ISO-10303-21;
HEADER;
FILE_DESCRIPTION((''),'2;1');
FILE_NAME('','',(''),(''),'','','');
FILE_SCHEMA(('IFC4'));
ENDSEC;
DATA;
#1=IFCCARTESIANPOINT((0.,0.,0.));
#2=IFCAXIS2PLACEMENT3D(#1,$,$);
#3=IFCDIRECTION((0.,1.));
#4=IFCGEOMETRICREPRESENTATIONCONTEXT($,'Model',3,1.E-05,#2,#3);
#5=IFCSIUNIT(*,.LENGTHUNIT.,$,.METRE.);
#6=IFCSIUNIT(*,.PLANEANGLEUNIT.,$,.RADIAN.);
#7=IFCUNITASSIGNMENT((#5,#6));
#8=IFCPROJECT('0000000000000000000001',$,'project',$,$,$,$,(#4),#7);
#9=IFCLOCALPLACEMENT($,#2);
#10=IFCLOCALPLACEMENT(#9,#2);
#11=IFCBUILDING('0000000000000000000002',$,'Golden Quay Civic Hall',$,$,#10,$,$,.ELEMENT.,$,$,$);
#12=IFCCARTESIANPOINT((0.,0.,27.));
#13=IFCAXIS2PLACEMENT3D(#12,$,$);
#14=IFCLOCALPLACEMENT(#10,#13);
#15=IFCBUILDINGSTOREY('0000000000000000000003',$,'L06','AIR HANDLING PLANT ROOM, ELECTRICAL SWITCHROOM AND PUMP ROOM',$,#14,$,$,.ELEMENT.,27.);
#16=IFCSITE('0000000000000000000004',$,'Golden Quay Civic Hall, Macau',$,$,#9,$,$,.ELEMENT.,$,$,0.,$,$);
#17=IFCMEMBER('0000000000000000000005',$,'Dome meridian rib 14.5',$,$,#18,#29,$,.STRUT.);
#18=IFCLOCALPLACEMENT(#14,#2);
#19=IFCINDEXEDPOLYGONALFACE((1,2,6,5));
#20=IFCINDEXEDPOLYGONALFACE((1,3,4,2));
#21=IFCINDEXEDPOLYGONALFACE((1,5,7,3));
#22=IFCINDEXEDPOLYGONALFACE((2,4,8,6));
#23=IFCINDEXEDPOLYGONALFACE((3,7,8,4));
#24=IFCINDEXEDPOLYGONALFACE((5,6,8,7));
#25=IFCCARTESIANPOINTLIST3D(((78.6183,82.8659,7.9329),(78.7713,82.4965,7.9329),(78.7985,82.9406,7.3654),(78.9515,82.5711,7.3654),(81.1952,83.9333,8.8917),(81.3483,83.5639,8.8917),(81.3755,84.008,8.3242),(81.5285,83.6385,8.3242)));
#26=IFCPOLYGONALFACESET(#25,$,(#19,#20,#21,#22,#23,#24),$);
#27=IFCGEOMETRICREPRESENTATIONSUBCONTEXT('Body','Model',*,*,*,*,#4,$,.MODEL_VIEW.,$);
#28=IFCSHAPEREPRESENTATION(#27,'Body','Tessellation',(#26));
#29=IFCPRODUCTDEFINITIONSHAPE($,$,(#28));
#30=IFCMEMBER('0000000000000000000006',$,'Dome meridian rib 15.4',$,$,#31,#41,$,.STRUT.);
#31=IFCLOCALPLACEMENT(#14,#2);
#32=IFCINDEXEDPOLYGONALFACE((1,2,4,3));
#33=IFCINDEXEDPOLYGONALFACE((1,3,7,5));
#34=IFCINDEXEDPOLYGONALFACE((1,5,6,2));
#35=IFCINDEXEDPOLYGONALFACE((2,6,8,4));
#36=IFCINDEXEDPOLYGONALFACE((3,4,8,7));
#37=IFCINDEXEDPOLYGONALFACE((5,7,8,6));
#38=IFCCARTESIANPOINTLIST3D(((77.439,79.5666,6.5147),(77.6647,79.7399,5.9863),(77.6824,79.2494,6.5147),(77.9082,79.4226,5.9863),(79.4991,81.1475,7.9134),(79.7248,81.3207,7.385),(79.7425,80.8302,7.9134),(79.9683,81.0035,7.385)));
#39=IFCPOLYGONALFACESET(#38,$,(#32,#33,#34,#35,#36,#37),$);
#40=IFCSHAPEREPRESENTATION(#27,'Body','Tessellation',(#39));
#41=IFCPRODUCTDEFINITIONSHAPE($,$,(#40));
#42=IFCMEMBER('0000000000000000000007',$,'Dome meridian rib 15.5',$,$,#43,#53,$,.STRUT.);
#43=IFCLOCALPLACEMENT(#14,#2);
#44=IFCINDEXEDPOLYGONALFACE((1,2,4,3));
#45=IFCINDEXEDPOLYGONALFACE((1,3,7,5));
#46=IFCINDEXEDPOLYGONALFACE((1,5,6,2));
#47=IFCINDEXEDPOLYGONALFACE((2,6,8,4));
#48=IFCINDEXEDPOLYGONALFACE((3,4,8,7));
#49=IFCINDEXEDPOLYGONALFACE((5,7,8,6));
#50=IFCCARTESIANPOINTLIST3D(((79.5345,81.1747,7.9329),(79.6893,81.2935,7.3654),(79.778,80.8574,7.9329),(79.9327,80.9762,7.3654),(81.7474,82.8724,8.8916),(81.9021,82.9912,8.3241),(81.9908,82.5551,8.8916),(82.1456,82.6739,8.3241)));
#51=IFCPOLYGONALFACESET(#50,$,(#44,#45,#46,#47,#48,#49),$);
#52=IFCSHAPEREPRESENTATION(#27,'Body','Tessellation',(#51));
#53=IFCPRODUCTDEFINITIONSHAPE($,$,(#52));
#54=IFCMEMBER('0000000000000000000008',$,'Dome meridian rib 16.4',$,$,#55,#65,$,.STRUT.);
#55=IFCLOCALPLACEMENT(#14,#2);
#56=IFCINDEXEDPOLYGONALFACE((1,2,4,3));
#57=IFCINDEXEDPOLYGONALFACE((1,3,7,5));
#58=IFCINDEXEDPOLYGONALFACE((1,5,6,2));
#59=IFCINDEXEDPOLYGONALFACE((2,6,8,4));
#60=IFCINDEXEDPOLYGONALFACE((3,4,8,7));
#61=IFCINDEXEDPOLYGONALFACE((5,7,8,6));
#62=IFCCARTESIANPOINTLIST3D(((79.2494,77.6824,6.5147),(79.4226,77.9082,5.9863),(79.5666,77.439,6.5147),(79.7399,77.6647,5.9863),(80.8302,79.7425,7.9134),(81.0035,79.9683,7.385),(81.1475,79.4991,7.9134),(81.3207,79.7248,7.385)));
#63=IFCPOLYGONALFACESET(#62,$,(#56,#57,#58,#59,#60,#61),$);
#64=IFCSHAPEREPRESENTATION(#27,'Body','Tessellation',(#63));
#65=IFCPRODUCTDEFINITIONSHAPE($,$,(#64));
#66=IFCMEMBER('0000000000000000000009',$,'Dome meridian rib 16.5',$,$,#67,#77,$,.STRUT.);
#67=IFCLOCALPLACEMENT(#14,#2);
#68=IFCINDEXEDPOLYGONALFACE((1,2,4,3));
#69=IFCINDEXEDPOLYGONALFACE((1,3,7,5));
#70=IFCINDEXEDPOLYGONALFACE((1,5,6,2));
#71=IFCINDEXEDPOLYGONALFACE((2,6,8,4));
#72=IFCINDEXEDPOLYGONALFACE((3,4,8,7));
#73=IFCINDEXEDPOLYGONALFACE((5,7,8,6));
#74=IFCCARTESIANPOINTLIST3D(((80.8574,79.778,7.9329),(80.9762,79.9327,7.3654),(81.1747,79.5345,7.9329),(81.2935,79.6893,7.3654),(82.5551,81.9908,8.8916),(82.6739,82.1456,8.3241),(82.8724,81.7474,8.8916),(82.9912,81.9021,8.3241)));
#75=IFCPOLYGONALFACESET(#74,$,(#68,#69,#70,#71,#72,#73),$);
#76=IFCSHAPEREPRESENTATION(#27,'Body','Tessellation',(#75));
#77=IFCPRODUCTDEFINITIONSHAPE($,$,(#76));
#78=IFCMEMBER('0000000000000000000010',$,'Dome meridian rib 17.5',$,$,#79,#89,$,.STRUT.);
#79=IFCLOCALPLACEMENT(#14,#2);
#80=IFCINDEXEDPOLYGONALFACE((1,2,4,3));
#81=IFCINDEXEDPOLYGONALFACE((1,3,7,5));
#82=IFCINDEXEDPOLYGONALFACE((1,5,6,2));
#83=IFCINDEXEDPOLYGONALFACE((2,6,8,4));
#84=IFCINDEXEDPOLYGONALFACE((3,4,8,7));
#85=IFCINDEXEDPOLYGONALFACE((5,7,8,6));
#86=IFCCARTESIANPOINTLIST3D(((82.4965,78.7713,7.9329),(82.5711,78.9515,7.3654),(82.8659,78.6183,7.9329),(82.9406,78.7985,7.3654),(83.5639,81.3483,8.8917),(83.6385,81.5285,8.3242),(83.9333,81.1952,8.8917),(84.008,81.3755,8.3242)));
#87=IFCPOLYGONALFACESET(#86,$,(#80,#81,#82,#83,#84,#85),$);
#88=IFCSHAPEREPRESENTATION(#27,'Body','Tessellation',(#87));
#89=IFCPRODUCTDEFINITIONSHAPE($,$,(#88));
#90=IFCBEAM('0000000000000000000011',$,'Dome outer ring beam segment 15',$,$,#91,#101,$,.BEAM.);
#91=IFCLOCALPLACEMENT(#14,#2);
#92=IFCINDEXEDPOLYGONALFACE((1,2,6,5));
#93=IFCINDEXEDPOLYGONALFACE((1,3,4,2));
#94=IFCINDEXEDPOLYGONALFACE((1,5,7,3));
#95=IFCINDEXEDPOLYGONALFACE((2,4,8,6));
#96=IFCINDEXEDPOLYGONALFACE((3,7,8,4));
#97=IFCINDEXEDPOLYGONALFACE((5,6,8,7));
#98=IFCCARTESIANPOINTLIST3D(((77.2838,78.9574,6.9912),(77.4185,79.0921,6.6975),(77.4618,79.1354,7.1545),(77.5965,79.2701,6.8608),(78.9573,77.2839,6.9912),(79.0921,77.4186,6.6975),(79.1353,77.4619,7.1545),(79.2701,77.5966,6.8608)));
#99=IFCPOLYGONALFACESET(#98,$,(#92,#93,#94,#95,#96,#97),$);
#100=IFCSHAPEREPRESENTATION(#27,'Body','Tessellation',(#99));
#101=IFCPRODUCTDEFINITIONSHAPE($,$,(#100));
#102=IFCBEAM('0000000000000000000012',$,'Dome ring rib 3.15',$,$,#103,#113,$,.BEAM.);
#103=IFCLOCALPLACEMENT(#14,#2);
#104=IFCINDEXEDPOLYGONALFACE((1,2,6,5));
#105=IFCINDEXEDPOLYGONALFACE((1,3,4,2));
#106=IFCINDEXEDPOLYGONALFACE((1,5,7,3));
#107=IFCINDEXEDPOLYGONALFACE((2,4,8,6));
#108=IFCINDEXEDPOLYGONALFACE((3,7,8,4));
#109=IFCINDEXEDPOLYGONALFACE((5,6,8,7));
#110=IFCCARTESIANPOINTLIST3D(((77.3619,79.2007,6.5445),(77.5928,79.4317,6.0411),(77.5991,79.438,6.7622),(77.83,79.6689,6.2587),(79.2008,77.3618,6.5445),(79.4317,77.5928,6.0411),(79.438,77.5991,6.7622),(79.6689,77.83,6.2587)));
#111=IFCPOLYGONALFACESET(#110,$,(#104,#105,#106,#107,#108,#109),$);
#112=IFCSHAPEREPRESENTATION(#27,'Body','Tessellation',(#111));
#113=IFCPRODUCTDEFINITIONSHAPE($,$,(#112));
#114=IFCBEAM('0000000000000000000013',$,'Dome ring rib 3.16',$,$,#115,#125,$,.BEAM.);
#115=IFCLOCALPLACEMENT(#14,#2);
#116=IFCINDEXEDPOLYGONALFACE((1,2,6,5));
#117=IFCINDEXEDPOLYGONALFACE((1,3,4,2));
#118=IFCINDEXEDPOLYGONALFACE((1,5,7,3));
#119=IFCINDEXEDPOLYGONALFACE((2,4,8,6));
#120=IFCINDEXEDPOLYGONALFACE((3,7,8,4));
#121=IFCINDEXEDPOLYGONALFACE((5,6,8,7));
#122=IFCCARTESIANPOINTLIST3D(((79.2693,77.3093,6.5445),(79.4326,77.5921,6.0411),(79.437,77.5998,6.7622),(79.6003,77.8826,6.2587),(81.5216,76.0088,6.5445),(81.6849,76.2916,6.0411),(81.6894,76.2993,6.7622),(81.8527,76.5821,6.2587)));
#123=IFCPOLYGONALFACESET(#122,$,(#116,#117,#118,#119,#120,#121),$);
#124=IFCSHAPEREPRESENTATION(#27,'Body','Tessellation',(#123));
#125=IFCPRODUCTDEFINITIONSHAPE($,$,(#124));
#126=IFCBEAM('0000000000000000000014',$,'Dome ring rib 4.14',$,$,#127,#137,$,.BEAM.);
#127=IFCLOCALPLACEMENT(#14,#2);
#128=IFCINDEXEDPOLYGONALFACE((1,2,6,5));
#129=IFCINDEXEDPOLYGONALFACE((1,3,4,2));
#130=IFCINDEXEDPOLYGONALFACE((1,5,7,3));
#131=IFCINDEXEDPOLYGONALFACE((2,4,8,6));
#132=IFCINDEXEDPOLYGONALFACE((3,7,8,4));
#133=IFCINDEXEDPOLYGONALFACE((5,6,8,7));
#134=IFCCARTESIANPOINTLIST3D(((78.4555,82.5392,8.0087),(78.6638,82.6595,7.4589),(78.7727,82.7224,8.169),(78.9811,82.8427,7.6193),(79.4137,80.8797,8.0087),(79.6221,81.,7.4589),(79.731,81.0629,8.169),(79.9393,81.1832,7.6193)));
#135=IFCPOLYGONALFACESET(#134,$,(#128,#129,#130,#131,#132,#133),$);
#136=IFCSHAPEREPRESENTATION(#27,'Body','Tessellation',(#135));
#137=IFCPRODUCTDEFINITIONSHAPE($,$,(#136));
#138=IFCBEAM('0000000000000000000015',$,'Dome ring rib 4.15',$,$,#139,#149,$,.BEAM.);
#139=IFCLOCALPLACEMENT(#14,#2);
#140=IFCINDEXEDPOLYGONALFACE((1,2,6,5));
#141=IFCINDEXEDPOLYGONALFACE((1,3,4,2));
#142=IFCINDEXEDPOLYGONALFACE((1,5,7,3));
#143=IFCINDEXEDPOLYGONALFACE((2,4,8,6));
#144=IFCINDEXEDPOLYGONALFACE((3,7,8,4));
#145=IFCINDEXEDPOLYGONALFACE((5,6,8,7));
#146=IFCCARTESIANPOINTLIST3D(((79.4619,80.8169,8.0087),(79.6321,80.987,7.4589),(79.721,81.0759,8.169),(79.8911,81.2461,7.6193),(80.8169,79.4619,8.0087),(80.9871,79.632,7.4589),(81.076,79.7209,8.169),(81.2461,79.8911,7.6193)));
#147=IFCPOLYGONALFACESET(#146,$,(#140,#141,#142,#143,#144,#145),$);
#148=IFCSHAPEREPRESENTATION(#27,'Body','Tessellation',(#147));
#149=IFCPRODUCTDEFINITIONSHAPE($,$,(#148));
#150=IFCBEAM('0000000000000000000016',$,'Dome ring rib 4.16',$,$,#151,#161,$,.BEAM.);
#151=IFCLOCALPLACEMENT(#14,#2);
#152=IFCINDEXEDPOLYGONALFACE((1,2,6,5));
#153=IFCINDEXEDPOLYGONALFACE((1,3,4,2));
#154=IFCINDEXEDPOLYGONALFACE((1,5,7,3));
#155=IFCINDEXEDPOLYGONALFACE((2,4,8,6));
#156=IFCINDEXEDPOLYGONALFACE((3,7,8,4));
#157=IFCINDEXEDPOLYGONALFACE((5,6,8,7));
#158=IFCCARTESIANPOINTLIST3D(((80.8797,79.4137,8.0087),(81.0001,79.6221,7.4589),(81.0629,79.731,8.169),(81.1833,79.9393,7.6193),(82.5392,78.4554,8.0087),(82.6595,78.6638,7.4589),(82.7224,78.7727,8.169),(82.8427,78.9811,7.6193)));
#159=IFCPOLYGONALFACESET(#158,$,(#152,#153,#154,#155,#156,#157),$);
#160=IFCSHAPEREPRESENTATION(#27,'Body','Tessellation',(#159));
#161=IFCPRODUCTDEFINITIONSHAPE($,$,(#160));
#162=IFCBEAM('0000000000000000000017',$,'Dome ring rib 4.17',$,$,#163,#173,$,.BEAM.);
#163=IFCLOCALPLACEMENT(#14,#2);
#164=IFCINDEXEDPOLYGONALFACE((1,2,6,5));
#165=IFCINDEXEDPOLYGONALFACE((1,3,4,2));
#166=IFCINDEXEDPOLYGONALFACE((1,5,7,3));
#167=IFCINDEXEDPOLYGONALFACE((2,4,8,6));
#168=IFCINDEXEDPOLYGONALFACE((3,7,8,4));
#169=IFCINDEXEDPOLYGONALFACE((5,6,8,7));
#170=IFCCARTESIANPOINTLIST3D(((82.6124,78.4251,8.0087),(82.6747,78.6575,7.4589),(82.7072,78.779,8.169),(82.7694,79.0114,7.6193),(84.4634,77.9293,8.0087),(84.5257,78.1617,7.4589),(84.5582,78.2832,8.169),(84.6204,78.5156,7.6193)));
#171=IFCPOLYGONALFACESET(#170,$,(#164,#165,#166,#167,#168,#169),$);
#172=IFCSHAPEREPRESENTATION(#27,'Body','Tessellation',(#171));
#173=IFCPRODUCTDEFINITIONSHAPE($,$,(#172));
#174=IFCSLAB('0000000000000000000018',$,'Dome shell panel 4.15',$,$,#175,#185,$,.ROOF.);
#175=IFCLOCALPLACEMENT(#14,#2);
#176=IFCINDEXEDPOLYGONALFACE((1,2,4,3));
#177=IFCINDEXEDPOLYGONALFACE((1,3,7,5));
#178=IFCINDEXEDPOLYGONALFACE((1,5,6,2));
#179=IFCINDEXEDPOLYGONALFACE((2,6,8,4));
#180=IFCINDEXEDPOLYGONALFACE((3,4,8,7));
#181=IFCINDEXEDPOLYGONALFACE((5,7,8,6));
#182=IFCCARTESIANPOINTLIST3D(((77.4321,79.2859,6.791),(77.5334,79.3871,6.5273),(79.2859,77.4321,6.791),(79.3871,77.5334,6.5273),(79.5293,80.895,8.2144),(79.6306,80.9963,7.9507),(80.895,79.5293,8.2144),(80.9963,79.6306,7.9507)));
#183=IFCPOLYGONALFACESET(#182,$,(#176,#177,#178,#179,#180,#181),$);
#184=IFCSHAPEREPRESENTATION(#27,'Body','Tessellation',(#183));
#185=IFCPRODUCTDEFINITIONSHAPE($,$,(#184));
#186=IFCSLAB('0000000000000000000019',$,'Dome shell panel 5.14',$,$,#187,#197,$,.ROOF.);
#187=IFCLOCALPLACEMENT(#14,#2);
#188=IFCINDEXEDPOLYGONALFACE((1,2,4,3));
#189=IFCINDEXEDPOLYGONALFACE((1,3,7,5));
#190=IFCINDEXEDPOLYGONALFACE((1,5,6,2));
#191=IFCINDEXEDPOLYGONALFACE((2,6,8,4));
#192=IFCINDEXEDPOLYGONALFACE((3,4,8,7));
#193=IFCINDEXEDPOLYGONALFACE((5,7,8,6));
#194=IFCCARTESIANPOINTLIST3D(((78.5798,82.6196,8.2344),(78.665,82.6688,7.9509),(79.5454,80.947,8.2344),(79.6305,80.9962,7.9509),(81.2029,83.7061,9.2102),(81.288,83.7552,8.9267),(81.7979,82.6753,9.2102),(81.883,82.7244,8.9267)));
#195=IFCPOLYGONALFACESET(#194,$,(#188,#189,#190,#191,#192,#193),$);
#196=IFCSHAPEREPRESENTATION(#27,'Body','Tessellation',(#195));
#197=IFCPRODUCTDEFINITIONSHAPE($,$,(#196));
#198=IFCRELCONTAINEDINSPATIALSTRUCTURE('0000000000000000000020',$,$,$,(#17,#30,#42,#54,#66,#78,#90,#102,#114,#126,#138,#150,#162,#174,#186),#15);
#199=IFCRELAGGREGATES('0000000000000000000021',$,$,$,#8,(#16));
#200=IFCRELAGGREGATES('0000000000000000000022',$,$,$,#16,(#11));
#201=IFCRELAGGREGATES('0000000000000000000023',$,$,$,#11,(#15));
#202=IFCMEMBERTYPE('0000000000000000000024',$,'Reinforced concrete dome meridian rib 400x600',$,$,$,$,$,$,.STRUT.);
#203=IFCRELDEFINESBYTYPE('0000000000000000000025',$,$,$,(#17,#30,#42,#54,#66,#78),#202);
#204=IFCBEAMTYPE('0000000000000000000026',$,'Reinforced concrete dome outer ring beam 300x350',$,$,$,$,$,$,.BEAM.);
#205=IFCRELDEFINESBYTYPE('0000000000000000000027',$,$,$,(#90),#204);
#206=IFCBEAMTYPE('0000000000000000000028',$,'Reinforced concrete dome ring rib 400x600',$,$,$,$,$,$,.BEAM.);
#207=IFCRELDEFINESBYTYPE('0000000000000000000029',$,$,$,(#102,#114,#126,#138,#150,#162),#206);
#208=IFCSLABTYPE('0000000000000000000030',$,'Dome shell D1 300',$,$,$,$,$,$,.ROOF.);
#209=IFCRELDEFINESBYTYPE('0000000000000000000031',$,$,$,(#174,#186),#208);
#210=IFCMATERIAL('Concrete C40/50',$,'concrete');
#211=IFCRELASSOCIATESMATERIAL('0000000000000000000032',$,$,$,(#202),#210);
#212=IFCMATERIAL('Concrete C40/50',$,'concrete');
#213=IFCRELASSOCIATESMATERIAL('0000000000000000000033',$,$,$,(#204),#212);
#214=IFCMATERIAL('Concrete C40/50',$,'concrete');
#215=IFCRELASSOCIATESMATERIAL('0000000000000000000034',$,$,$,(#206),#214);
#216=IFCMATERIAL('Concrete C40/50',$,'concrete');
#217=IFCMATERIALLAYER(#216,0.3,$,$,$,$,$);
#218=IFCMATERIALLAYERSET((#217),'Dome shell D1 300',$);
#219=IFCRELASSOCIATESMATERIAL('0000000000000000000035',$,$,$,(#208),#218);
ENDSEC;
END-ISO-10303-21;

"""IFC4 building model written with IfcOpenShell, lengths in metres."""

from ifc_helpers import new_model, si_unit, direction, frame, origin, origin_2d, place, context, subcontext, project, spatial, polyline, rectangle, outline, extrude, material, layer, layer_set, material_profile, profile_set, type_object, element, save


model = new_model("IFC4")

# Units and contexts
model_context = context("Model", 3, precision=1e-05, world=origin(), true_north=direction((0.0, 1.0)))
body_context = subcontext(model_context, "Body", "Model", "MODEL_VIEW")
ifc_project = project(units=[si_unit("LENGTHUNIT", "METRE"), si_unit("PLANEANGLEUNIT", "RADIAN")], contexts=[model_context])

# Site, building, storey
site_placement = place(None, origin())
site = spatial("IfcSite", under=ifc_project, at=site_placement, Name="Golden Quay Civic Hall, Macau", CompositionType="ELEMENT", RefElevation=0.0)
building_placement = place(site_placement, origin())
building = spatial("IfcBuilding", under=site, at=building_placement, Name="Golden Quay Civic Hall", CompositionType="ELEMENT")
storey_placement = place(building_placement, frame((0.0, 0.0, 27.0)))
storey = spatial("IfcBuildingStorey", under=building, at=storey_placement, Name="L06", Description="AIR HANDLING PLANT ROOM, ELECTRICAL SWITCHROOM AND PUMP ROOM", CompositionType="ELEMENT", Elevation=27.0)

# Members
ifc_material_1 = material(Name="Concrete C40/50", Category="concrete")
ifc_material_profile_1 = material_profile(ifc_material_1, rectangle(XDim=0.3999, YDim=0.6001, at=origin_2d()), Name="RC 400x600")
ifc_profile_set_1 = profile_set([ifc_material_profile_1], Name="Concrete C40/50")
member_type = type_object("IfcMemberType", Name="Reinforced concrete dome meridian rib 400x600", PredefinedType="STRUT", material=ifc_profile_set_1)
for number, where, z_axis, x_axis, name in (
    (1, (78.7849, 82.7185, 7.6492), (0.873706, 0.361899, 0.325063), (-0.382682, 0.92388, 0.0), "Dome meridian rib 14.5"),
    (2, (77.6736, 79.4946, 6.2505), (0.698461, 0.535972, 0.474222), (-0.608779, 0.79334, 0.0), "Dome meridian rib 15.4"),
):
    element("IfcMember", number, at=place(storey_placement, frame(where, z_axis=z_axis, x_axis=x_axis)), inside=storey, type_object=member_type, Name=name, PredefinedType="STRUT", context=body_context, shape_type="SweptSolid", body=[
        extrude(rectangle(XDim=0.3999, YDim=0.6001, at=origin_2d()), origin(), (0.0, 0.0, 1.0), 2.9495),
    ])
member_1_placement = place(storey_placement, frame((79.7336, 81.0754, 7.6492), z_axis=(0.750308, 0.575644, 0.325073), x_axis=(-0.608703, 0.793398, 0.0)))
element("IfcMember", 3, at=member_1_placement, inside=storey, type_object=member_type, Name="Dome meridian rib 15.5", PredefinedType="STRUT", context=body_context, shape_type="SweptSolid", body=[
    extrude(rectangle(XDim=0.3999, YDim=0.6001, at=origin_2d()), origin(), (0.0, 0.0, 1.0), 2.9492),
])
member_2_placement = place(storey_placement, frame((79.4946, 77.6736, 6.2505), z_axis=(0.535972, 0.698461, 0.474222), x_axis=(-0.79334, 0.608779, 0.0)))
element("IfcMember", 4, at=member_2_placement, inside=storey, type_object=member_type, Name="Dome meridian rib 16.4", PredefinedType="STRUT", context=body_context, shape_type="SweptSolid", body=[
    extrude(rectangle(XDim=0.3999, YDim=0.6001, at=origin_2d()), origin(), (0.0, 0.0, 1.0), 2.9495),
])
member_3_placement = place(storey_placement, frame((81.0754, 79.7336, 7.6492), z_axis=(0.575644, 0.750308, 0.325073), x_axis=(-0.793398, 0.608703, 0.0)))
element("IfcMember", 5, at=member_3_placement, inside=storey, type_object=member_type, Name="Dome meridian rib 16.5", PredefinedType="STRUT", context=body_context, shape_type="SweptSolid", body=[
    extrude(rectangle(XDim=0.3999, YDim=0.6001, at=origin_2d()), origin(), (0.0, 0.0, 1.0), 2.9492),
])
member_4_placement = place(storey_placement, frame((82.7185, 78.7849, 7.6492), z_axis=(0.361899, 0.873706, 0.325063), x_axis=(-0.92388, 0.382682, 0.0)))
element("IfcMember", 6, at=member_4_placement, inside=storey, type_object=member_type, Name="Dome meridian rib 17.5", PredefinedType="STRUT", context=body_context, shape_type="SweptSolid", body=[
    extrude(rectangle(XDim=0.3999, YDim=0.6001, at=origin_2d()), origin(), (0.0, 0.0, 1.0), 2.9495),
])

# Beams
ifc_material_2 = material(Name="Concrete C40/50", Category="concrete")
ifc_material_profile_2 = material_profile(ifc_material_2, rectangle(XDim=0.3, YDim=0.3501, at=origin_2d()), Name="RC 300x350")
ifc_profile_set_2 = profile_set([ifc_material_profile_2], Name="Concrete C40/50")
beam_type_1 = type_object("IfcBeamType", Name="Reinforced concrete dome outer ring beam 300x350", PredefinedType="BEAM", material=ifc_profile_set_2)
beam_1_placement = place(storey_placement, frame((77.4402, 79.1138, 6.926), z_axis=(0.707107, -0.707107, 0.0), x_axis=(0.593227, 0.593227, 0.544209)))
element("IfcBeam", 7, at=beam_1_placement, inside=storey, type_object=beam_type_1, Name="Dome outer ring beam segment 15", PredefinedType="BEAM", context=body_context, shape_type="SweptSolid", body=[
    extrude(rectangle(XDim=0.3, YDim=0.3501, at=origin_2d()), origin(), (0.0, 0.0, 1.0), 2.3667),
])
ifc_material_3 = material(Name="Concrete C40/50", Category="concrete")
ifc_material_profile_3 = material_profile(ifc_material_3, rectangle(XDim=0.3999, YDim=0.6001, at=origin_2d()), Name="RC 400x600")
ifc_profile_set_3 = profile_set([ifc_material_profile_3], Name="Concrete C40/50")
beam_type_2 = type_object("IfcBeamType", Name="Reinforced concrete dome ring rib 400x600", PredefinedType="BEAM", material=ifc_profile_set_3)
beam_2_placement = place(storey_placement, frame((77.5959, 79.4348, 6.4016), z_axis=(0.707107, -0.707107, 0.0), x_axis=(0.593227, 0.593227, 0.544209)))
element("IfcBeam", 8, at=beam_2_placement, inside=storey, type_object=beam_type_2, Name="Dome ring rib 3.15", PredefinedType="BEAM", context=body_context, shape_type="SweptSolid", body=[
    extrude(rectangle(XDim=0.3999, YDim=0.6001, at=origin_2d()), origin(), (0.0, 0.0, 1.0), 2.6006),
])
beam_3_placement = place(storey_placement, frame((79.4348, 77.5959, 6.4016), z_axis=(0.866011, -0.500026, 0.0), x_axis=(0.419497, 0.726539, 0.544209)))
element("IfcBeam", 9, at=beam_3_placement, inside=storey, type_object=beam_type_2, Name="Dome ring rib 3.16", PredefinedType="BEAM", context=body_context, shape_type="SweptSolid", body=[
    extrude(rectangle(XDim=0.3999, YDim=0.6001, at=origin_2d()), origin(), (0.0, 0.0, 1.0), 2.6008),
])
for number, where, z_axis, x_axis, name in (
    (10, (78.7183, 82.6909, 7.814), (0.500072, -0.865984, 0.0), (0.793325, 0.458114, 0.400958), "Dome ring rib 4.14"),
    (11, (79.6765, 81.0315, 7.814), (0.707107, -0.707107, 0.0), (0.647778, 0.647778, 0.400958), "Dome ring rib 4.15"),
    (12, (81.0315, 79.6765, 7.814), (0.865984, -0.500072, 0.0), (0.458114, 0.793325, 0.400958), "Dome ring rib 4.16"),
    (13, (82.6909, 78.7183, 7.814), (0.965945, -0.258749, 0.0), (0.237039, 0.884898, 0.400958), "Dome ring rib 4.17"),
):
    element("IfcBeam", number, at=place(storey_placement, frame(where, z_axis=z_axis, x_axis=x_axis)), inside=storey, type_object=beam_type_2, Name=name, PredefinedType="BEAM", context=body_context, shape_type="SweptSolid", body=[
        extrude(rectangle(XDim=0.3999, YDim=0.6001, at=origin_2d()), origin(), (0.0, 0.0, 1.0), 1.9163),
    ])

# Slabs
ifc_material_4 = material(Name="Concrete C40/50", Category="concrete")
ifc_layer_1 = layer(ifc_material_4, 0.3)
ifc_layer_set_1 = layer_set([ifc_layer_1], Name="Dome shell D1 300")
slab_type = type_object("IfcSlabType", Name="Dome shell D1 300", PredefinedType="ROOF", material=ifc_layer_set_1)
slab_1_placement = place(storey_placement, frame((77.4321, 79.2859, 6.791), z_axis=(-0.337473, -0.337473, 0.878762), x_axis=(0.707107, -0.707107, 0.0)))
element("IfcSlab", 14, at=slab_1_placement, inside=storey, type_object=slab_type, Name="Dome shell panel 4.15", PredefinedType="ROOF", context=body_context, shape_type="SweptSolid", body=[
    extrude(outline(polyline([(0.0, 0.0), (2.6216, 0.0), (2.2765, 2.9823), (0.3451, 2.9823), (0.0, 0.0)])), origin(), (0.0, 0.0, -1.0), 0.3),
])
slab_2_placement = place(storey_placement, frame((78.5798, 82.6196, 8.2344), z_axis=(-0.283678, -0.163756, 0.944834), x_axis=(0.499958, -0.86605, 0.000006)))
element("IfcSlab", 15, at=slab_2_placement, inside=storey, type_object=slab_type, Name="Dome shell panel 5.14", PredefinedType="ROOF", context=body_context, shape_type="SweptSolid", body=[
    extrude(outline(polyline([(0.0, 0.0), (1.9313, 0.0), (1.5607, 2.9791), (0.3705, 2.9792), (0.0, 0.0)])), origin(), (0.0, 0.0, -1.0), 0.3),
])

save(model, "model.ifc")
